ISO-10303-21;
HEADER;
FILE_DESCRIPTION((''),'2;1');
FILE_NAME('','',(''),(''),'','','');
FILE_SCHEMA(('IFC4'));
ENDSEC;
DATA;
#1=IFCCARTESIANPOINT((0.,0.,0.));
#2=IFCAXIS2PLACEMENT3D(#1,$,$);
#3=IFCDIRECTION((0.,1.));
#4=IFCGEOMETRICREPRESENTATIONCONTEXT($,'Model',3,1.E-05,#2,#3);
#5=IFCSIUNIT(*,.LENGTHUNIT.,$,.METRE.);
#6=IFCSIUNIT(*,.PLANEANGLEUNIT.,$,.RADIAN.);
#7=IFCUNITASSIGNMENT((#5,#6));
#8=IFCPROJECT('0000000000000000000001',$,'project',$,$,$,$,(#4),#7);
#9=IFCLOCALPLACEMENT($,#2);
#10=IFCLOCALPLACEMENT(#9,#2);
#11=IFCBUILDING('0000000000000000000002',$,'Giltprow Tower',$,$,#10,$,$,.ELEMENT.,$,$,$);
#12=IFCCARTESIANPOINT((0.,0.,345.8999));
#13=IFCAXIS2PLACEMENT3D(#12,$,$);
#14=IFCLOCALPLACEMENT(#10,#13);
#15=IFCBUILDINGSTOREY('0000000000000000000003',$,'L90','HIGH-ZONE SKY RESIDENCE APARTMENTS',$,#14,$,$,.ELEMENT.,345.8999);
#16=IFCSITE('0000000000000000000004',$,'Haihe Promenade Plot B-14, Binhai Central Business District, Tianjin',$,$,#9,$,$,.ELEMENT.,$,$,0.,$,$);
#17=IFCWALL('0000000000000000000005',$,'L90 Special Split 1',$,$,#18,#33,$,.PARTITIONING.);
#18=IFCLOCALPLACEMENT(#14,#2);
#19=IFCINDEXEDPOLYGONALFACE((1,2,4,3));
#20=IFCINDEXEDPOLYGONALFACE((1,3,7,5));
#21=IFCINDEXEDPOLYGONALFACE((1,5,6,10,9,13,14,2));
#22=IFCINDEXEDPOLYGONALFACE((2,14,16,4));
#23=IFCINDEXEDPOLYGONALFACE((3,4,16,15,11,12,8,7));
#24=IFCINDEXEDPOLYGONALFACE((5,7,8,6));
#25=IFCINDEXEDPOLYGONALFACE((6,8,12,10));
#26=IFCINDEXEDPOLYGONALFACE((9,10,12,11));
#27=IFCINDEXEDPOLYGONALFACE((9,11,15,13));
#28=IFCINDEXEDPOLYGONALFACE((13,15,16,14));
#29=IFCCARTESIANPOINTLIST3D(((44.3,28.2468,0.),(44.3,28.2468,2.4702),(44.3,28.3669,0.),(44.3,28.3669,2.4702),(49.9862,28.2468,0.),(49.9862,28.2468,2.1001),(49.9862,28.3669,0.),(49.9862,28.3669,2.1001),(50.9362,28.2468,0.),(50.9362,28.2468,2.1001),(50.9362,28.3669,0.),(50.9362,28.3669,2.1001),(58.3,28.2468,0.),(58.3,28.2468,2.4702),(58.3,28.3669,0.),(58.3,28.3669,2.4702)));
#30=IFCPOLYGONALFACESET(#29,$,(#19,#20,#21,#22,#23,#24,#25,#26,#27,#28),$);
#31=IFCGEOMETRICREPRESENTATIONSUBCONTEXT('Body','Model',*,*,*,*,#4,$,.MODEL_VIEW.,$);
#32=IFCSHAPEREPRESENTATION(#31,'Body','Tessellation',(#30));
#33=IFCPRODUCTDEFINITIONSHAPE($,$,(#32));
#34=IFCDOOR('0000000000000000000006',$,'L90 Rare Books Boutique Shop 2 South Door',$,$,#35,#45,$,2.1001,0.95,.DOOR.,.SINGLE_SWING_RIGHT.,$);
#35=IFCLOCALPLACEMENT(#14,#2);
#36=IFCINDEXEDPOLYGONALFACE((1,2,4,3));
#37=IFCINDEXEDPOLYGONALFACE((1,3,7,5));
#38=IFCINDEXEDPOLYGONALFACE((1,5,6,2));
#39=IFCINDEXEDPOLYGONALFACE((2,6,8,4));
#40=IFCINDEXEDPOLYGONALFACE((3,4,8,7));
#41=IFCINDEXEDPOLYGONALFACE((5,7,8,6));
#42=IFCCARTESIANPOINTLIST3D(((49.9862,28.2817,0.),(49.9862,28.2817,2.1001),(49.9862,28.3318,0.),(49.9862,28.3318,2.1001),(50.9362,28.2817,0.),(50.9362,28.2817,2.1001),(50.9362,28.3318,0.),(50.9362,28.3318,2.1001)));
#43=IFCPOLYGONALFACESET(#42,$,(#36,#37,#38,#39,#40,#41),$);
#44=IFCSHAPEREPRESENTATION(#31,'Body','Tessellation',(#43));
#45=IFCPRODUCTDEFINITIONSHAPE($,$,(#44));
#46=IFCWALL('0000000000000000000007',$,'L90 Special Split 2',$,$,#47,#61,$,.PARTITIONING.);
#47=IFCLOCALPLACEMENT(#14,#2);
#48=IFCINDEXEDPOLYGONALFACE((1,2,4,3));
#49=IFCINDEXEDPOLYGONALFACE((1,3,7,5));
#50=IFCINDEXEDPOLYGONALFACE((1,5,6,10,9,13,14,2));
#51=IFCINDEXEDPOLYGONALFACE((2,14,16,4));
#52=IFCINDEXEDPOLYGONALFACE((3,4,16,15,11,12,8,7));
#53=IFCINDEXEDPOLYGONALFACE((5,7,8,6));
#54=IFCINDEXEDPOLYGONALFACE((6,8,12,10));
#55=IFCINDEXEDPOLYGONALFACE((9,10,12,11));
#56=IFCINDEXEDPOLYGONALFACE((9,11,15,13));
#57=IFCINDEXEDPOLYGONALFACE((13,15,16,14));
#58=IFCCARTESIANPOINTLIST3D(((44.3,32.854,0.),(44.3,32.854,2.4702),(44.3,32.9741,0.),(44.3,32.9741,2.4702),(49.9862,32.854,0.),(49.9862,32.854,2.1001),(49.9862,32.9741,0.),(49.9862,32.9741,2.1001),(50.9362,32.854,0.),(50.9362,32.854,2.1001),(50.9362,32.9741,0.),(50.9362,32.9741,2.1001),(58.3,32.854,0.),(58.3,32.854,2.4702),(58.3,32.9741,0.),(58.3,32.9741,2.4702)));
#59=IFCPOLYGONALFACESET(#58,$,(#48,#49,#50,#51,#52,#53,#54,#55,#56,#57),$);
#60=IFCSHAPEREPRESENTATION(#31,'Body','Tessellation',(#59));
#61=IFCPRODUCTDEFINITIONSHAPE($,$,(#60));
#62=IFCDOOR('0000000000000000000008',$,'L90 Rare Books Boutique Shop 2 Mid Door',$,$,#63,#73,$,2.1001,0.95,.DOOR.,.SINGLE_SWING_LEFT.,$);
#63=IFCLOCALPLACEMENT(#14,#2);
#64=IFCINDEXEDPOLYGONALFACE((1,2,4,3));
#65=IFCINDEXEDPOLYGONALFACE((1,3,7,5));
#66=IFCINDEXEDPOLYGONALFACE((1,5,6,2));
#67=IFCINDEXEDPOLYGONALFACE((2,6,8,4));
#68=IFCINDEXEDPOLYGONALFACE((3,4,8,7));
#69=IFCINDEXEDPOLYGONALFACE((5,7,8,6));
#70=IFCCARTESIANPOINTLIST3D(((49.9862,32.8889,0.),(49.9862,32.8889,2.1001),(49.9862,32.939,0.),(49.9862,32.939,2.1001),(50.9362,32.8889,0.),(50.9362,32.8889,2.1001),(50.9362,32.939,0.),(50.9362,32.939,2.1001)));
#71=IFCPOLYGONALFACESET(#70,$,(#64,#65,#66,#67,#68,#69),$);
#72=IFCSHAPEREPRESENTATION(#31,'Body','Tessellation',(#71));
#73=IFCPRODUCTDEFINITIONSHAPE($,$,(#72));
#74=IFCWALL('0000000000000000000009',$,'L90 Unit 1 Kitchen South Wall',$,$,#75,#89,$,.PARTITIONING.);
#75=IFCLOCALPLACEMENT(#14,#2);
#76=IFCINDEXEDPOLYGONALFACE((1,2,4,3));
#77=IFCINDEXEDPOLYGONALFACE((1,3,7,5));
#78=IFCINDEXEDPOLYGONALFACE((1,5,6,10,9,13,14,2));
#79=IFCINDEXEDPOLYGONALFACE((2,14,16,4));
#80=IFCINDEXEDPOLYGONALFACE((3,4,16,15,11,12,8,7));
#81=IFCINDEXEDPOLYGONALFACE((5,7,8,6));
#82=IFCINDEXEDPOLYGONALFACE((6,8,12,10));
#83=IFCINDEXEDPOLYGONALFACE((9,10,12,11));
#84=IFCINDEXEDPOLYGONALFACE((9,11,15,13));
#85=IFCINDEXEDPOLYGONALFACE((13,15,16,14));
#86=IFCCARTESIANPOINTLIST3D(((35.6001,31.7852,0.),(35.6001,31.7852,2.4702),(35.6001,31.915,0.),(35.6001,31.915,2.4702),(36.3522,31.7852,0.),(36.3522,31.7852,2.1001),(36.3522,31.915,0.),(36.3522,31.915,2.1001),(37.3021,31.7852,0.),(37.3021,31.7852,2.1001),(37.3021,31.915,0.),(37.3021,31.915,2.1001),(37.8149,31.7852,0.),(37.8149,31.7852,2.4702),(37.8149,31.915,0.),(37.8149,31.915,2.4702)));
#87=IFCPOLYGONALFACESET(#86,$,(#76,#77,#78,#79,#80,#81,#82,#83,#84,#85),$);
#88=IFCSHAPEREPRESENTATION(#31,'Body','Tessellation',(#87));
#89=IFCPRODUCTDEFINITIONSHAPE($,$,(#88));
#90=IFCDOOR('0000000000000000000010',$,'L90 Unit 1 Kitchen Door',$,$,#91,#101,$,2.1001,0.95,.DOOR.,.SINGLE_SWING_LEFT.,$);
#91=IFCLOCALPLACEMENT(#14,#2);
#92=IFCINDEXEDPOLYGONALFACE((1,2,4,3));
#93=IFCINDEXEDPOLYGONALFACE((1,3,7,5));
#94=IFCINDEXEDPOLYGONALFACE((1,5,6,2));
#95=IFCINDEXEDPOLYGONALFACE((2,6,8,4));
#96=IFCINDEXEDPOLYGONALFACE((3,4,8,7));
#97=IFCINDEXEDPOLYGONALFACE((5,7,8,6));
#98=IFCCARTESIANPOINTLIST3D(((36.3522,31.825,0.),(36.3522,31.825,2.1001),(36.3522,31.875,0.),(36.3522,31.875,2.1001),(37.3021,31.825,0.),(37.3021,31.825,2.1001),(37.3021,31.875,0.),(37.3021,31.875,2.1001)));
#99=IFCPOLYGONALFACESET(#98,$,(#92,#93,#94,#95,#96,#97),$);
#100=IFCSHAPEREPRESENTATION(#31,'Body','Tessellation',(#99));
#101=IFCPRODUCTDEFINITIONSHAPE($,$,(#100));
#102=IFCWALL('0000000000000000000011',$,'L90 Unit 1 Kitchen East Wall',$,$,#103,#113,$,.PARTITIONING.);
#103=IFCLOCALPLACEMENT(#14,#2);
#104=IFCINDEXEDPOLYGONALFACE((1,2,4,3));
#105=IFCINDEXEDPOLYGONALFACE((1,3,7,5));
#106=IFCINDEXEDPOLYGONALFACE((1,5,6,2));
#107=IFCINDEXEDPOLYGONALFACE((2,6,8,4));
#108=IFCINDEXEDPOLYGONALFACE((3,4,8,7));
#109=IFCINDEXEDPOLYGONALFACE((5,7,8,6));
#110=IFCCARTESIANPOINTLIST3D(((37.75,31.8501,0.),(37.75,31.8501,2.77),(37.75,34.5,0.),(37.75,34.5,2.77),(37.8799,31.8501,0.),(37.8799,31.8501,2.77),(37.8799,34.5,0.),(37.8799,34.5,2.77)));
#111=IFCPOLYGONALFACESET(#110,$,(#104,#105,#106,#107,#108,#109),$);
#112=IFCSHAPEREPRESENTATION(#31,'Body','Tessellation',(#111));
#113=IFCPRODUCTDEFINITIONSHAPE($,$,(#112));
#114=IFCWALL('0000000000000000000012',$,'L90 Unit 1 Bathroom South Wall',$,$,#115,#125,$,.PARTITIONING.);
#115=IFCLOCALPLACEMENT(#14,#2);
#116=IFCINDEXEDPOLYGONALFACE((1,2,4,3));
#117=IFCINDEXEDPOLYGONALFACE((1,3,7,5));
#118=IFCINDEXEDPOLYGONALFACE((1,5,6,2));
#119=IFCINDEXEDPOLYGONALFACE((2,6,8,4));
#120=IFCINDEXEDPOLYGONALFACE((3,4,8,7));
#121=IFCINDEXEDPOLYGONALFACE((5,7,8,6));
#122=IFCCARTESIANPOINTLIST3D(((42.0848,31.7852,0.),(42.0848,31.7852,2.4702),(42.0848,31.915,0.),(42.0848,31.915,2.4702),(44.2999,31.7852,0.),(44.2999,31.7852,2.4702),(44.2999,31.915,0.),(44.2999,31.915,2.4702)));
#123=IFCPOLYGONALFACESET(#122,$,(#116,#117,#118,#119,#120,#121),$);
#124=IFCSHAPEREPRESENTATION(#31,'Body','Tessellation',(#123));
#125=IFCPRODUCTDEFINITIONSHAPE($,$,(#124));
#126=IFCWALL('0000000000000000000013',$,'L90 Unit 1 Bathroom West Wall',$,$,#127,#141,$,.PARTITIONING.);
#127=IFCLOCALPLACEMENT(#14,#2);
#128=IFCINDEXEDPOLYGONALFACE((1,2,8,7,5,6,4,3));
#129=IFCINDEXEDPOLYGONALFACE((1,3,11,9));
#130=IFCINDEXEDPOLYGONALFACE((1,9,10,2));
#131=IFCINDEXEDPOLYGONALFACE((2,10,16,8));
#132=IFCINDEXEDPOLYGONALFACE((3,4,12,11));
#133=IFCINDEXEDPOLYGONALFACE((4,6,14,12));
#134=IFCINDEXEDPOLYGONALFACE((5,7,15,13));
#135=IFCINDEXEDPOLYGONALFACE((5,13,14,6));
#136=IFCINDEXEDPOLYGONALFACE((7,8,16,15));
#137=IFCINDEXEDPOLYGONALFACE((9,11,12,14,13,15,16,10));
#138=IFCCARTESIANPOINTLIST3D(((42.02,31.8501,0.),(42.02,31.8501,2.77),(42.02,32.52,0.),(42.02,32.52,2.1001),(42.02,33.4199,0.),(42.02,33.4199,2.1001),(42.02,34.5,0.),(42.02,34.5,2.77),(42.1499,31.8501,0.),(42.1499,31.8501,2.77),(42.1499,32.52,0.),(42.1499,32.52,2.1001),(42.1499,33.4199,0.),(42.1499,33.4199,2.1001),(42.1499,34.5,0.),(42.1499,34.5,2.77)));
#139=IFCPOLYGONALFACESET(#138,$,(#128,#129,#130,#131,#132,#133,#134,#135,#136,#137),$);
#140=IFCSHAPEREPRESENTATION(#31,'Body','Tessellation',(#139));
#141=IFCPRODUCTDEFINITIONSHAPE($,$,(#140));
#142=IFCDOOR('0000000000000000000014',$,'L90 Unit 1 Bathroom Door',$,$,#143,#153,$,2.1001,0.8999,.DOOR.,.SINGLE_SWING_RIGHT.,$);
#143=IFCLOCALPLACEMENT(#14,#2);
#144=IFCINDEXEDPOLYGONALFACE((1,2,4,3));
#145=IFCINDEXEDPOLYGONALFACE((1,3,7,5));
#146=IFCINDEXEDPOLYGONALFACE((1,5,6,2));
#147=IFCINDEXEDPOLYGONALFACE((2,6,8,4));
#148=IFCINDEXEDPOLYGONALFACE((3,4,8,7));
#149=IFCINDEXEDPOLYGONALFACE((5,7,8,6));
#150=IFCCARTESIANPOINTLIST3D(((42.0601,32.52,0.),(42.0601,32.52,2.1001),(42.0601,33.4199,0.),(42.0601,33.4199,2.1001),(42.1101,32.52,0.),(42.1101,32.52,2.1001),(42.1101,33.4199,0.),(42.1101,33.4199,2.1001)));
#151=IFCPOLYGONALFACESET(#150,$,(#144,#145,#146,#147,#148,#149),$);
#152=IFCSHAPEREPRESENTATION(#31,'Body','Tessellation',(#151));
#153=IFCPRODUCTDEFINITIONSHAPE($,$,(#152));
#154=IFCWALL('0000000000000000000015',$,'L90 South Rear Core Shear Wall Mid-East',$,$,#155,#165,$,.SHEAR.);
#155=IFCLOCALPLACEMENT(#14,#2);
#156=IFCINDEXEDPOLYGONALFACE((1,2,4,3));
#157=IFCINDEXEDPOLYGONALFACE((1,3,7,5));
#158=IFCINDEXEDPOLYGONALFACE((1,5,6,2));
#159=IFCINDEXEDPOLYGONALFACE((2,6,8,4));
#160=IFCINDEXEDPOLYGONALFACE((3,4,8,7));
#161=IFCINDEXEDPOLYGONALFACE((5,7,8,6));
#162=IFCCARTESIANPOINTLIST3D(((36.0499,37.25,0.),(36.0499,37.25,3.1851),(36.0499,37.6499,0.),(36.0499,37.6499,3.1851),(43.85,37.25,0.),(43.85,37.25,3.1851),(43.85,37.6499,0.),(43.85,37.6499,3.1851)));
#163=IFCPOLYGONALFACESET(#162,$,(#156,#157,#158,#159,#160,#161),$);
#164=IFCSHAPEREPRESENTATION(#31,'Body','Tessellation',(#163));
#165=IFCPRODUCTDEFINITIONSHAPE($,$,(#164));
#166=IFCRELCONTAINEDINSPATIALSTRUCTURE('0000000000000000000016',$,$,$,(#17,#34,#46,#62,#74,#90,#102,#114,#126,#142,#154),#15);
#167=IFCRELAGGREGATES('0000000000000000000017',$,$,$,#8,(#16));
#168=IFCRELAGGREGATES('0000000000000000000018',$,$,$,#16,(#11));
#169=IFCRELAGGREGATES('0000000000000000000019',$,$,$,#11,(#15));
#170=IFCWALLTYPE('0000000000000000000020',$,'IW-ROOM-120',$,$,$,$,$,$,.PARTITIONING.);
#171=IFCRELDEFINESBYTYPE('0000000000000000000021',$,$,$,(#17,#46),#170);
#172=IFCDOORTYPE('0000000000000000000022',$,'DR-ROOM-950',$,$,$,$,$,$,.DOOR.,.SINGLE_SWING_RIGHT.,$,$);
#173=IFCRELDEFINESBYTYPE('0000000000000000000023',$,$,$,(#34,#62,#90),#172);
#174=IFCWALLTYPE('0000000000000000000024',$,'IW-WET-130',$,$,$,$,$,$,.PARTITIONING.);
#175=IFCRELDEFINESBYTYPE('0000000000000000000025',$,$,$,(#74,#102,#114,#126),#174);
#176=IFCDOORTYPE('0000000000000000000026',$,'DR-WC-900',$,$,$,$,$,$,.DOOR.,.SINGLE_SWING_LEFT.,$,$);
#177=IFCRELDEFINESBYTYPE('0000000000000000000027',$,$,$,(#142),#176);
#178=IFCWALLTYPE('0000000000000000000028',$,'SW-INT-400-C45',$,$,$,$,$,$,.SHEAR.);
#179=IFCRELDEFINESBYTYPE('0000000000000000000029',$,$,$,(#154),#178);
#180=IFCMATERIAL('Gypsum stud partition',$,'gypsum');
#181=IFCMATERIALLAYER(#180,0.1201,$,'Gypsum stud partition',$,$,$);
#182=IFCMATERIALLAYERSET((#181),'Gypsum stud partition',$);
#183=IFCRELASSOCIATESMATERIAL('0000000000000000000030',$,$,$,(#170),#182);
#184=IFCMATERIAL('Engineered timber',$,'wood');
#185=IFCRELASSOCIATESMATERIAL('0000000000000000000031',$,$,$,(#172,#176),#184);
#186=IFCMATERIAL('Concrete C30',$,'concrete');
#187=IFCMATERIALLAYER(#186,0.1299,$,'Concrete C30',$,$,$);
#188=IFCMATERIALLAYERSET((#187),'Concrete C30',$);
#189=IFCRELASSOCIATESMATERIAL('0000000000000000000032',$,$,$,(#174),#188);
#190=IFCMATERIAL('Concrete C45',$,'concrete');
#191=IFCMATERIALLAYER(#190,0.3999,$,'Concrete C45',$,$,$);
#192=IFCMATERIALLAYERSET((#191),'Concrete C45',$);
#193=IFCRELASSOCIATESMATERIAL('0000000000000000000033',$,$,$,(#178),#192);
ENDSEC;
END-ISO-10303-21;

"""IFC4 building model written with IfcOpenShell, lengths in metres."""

from ifc_helpers import new_model, si_unit, direction, frame, frame_2d, origin, place, context, subcontext, project, spatial, rectangle, extrude, source, transform, mapped, material, layer, layer_set, type_object, element, fill, save


model = new_model("IFC4")

# Units and contexts
model_context = context("Model", 3, precision=1e-05, world=origin(), true_north=direction((0.0, 1.0)))
body_context = subcontext(model_context, "Body", "Model", "MODEL_VIEW")
ifc_project = project(units=[si_unit("LENGTHUNIT", "METRE"), si_unit("PLANEANGLEUNIT", "RADIAN")], contexts=[model_context])

# Site, building, storey
site_placement = place(None, origin())
site = spatial("IfcSite", under=ifc_project, at=site_placement, Name="Haihe Promenade Plot B-14, Binhai Central Business District, Tianjin", CompositionType="ELEMENT", RefElevation=0.0)
building_placement = place(site_placement, origin())
building = spatial("IfcBuilding", under=site, at=building_placement, Name="Giltprow Tower", CompositionType="ELEMENT")
storey_placement = place(building_placement, frame((0.0, 0.0, 345.8999)))
storey = spatial("IfcBuildingStorey", under=building, at=storey_placement, Name="L90", Description="HIGH-ZONE SKY RESIDENCE APARTMENTS", CompositionType="ELEMENT", Elevation=345.8999)

# Shared definitions
ifc_material_1 = material(Name="Concrete C45", Category="concrete")

# Shared definitions
ifc_material_2 = material(Name="Gypsum stud partition", Category="gypsum")
ifc_layer_1 = layer(ifc_material_2, 0.1201, Name="Gypsum stud partition")
ifc_layer_set_1 = layer_set([ifc_layer_1], Name="Gypsum stud partition")
wall_type_1 = type_object("IfcWallType", Name="IW-ROOM-120", PredefinedType="PARTITIONING", material=ifc_layer_set_1)

# Walls, openings, doors
wall_1_placement = place(storey_placement, frame((44.3, 28.3069, 0.0), z_axis=(0.0, 0.0, 1.0), x_axis=(1.0, 0.0, 0.0)))
wall_1 = element("IfcWall", 1, at=wall_1_placement, inside=storey, type_object=wall_type_1, Name="L90 Special Split 1", PredefinedType="PARTITIONING", context=body_context, shape_type="SweptSolid", body=[
    extrude(rectangle(XDim=14.0, YDim=0.1201, at=frame_2d((7.0, 0.0))), origin(), (0.0, 0.0, 1.0), 2.4702),
])
opening_1_placement = place(wall_1_placement, frame((5.686, 0.0, 0.0)))
opening_1 = element("IfcOpeningElement", 2, at=opening_1_placement, cuts=wall_1, PredefinedType="OPENING", context=body_context, shape_type="SweptSolid", body=[
    extrude(rectangle(XDim=0.95, YDim=2.1001, at=frame_2d((0.4751, 1.05))), frame((0.0, 0.0701, 0.0), z_axis=(0.0, -1.0, 0.0), x_axis=(1.0, 0.0, 0.0)), (0.0, 0.0, 1.0), 0.1401),
])
ifc_material_3 = material(Name="Engineered timber", Category="wood")
door_type_1 = type_object("IfcDoorType", Name="DR-ROOM-950", OperationType="SINGLE_SWING_RIGHT", PredefinedType="DOOR", material=ifc_material_3)
shared_shape_1 = source(origin(), body_context, "Body", "SweptSolid", [
    extrude(rectangle(XDim=0.95, YDim=2.1001, at=frame_2d((0.4751, 1.05))), frame((0.0, 0.0249, 0.0), z_axis=(0.0, -1.0, 0.0), x_axis=(1.0, 0.0, 0.0)), (0.0, 0.0, 1.0), 0.05),
])
door_1_placement = place(opening_1_placement, origin())
door_1 = element("IfcDoor", 3, at=door_1_placement, inside=storey, type_object=door_type_1, Name="L90 Rare Books Boutique Shop 2 South Door", OperationType="SINGLE_SWING_RIGHT", OverallHeight=2.1001, OverallWidth=0.95, PredefinedType="DOOR", context=body_context, shape_type="MappedRepresentation", body=[
    mapped(shared_shape_1, transform((0.0, 0.0, 0.0), x_axis=(1.0, 0.0, 0.0), y_axis=(0.0, 1.0, 0.0), z_axis=(0.0, 0.0, 1.0), scale=1.0)),
])
fill(opening_1, door_1)
wall_2_placement = place(storey_placement, frame((44.3, 32.9141, 0.0), z_axis=(0.0, 0.0, 1.0), x_axis=(1.0, 0.0, 0.0)))
wall_2 = element("IfcWall", 4, at=wall_2_placement, inside=storey, type_object=wall_type_1, Name="L90 Special Split 2", PredefinedType="PARTITIONING", context=body_context, shape_type="SweptSolid", body=[
    extrude(rectangle(XDim=14.0, YDim=0.1201, at=frame_2d((7.0, 0.0))), origin(), (0.0, 0.0, 1.0), 2.4702),
])
opening_2_placement = place(wall_2_placement, frame((5.686, 0.0, 0.0)))
opening_2 = element("IfcOpeningElement", 5, at=opening_2_placement, cuts=wall_2, PredefinedType="OPENING", context=body_context, shape_type="SweptSolid", body=[
    extrude(rectangle(XDim=0.95, YDim=2.1001, at=frame_2d((0.4751, 1.05))), frame((0.0, 0.0701, 0.0), z_axis=(0.0, -1.0, 0.0), x_axis=(1.0, 0.0, 0.0)), (0.0, 0.0, 1.0), 0.1401),
])
door_2_placement = place(opening_2_placement, origin())
door_2 = element("IfcDoor", 6, at=door_2_placement, inside=storey, type_object=door_type_1, Name="L90 Rare Books Boutique Shop 2 Mid Door", OperationType="SINGLE_SWING_LEFT", OverallHeight=2.1001, OverallWidth=0.95, PredefinedType="DOOR", context=body_context, shape_type="MappedRepresentation", body=[
    mapped(shared_shape_1, transform((0.0, 0.0, 0.0), x_axis=(1.0, 0.0, 0.0), y_axis=(0.0, 1.0, 0.0), z_axis=(0.0, 0.0, 1.0), scale=1.0)),
])
fill(opening_2, door_2)
ifc_material_4 = material(Name="Concrete C30", Category="concrete")
ifc_layer_2 = layer(ifc_material_4, 0.1299, Name="Concrete C30")
ifc_layer_set_2 = layer_set([ifc_layer_2], Name="Concrete C30")
wall_type_2 = type_object("IfcWallType", Name="IW-WET-130", PredefinedType="PARTITIONING", material=ifc_layer_set_2)
wall_3_placement = place(storey_placement, frame((35.6001, 31.8501, 0.0), z_axis=(0.0, 0.0, 1.0), x_axis=(1.0, 0.0, 0.0)))
wall_3 = element("IfcWall", 7, at=wall_3_placement, inside=storey, type_object=wall_type_2, Name="L90 Unit 1 Kitchen South Wall", PredefinedType="PARTITIONING", context=body_context, shape_type="SweptSolid", body=[
    extrude(rectangle(XDim=2.2148, YDim=0.1299, at=frame_2d((1.1074, 0.0))), origin(), (0.0, 0.0, 1.0), 2.4702),
])
opening_3_placement = place(wall_3_placement, frame((0.752, 0.0, 0.0)))
opening_3 = element("IfcOpeningElement", 8, at=opening_3_placement, cuts=wall_3, PredefinedType="OPENING", context=body_context, shape_type="SweptSolid", body=[
    extrude(rectangle(XDim=0.95, YDim=2.1001, at=frame_2d((0.4751, 1.05))), frame((0.0, 0.075, 0.0), z_axis=(0.0, -1.0, 0.0), x_axis=(1.0, 0.0, 0.0)), (0.0, 0.0, 1.0), 0.1499),
])
door_3_placement = place(opening_3_placement, origin())
door_3 = element("IfcDoor", 9, at=door_3_placement, inside=storey, type_object=door_type_1, Name="L90 Unit 1 Kitchen Door", OperationType="SINGLE_SWING_LEFT", OverallHeight=2.1001, OverallWidth=0.95, PredefinedType="DOOR", context=body_context, shape_type="MappedRepresentation", body=[
    mapped(shared_shape_1, transform((0.0, 0.0, 0.0), x_axis=(1.0, 0.0, 0.0), y_axis=(0.0, 1.0, 0.0), z_axis=(0.0, 0.0, 1.0), scale=1.0)),
])
fill(opening_3, door_3)

# Walls
wall_4_placement = place(storey_placement, frame((37.8149, 31.8501, 0.0), z_axis=(0.0, 0.0, 1.0), x_axis=(0.0, 1.0, 0.0)))
element("IfcWall", 10, at=wall_4_placement, inside=storey, type_object=wall_type_2, Name="L90 Unit 1 Kitchen East Wall", PredefinedType="PARTITIONING", context=body_context, shape_type="SweptSolid", body=[
    extrude(rectangle(XDim=2.6499, YDim=0.1299, at=frame_2d((1.325, 0.0))), origin(), (0.0, 0.0, 1.0), 2.77),
])
wall_5_placement = place(storey_placement, frame((42.085, 31.8501, 0.0), z_axis=(0.0, 0.0, 1.0), x_axis=(1.0, 0.0, 0.0)))
element("IfcWall", 11, at=wall_5_placement, inside=storey, type_object=wall_type_2, Name="L90 Unit 1 Bathroom South Wall", PredefinedType="PARTITIONING", context=body_context, shape_type="SweptSolid", body=[
    extrude(rectangle(XDim=2.2151, YDim=0.1299, at=frame_2d((1.1074, 0.0))), origin(), (0.0, 0.0, 1.0), 2.4702),
])

# Wall, opening, door
wall_6_placement = place(storey_placement, frame((42.085, 31.8501, 0.0), z_axis=(0.0, 0.0, 1.0), x_axis=(0.0, 1.0, 0.0)))
wall_6 = element("IfcWall", 12, at=wall_6_placement, inside=storey, type_object=wall_type_2, Name="L90 Unit 1 Bathroom West Wall", PredefinedType="PARTITIONING", context=body_context, shape_type="SweptSolid", body=[
    extrude(rectangle(XDim=2.6499, YDim=0.1299, at=frame_2d((1.325, 0.0))), origin(), (0.0, 0.0, 1.0), 2.77),
])
opening_4_placement = place(wall_6_placement, frame((0.6699, 0.0, 0.0)))
opening_4 = element("IfcOpeningElement", 13, at=opening_4_placement, cuts=wall_6, PredefinedType="OPENING", context=body_context, shape_type="SweptSolid", body=[
    extrude(rectangle(XDim=0.8999, YDim=2.1001, at=frame_2d((0.45, 1.05))), frame((0.0, 0.075, 0.0), z_axis=(0.0, -1.0, 0.0), x_axis=(1.0, 0.0, 0.0)), (0.0, 0.0, 1.0), 0.1499),
])
door_type_2 = type_object("IfcDoorType", Name="DR-WC-900", OperationType="SINGLE_SWING_LEFT", PredefinedType="DOOR", material=ifc_material_3)
shared_shape_2 = source(origin(), body_context, "Body", "SweptSolid", [
    extrude(rectangle(XDim=0.8999, YDim=2.1001, at=frame_2d((0.45, 1.05))), frame((0.0, 0.0249, 0.0), z_axis=(0.0, -1.0, 0.0), x_axis=(1.0, 0.0, 0.0)), (0.0, 0.0, 1.0), 0.05),
])
door_4_placement = place(opening_4_placement, origin())
door_4 = element("IfcDoor", 14, at=door_4_placement, inside=storey, type_object=door_type_2, Name="L90 Unit 1 Bathroom Door", OperationType="SINGLE_SWING_RIGHT", OverallHeight=2.1001, OverallWidth=0.8999, PredefinedType="DOOR", context=body_context, shape_type="MappedRepresentation", body=[
    mapped(shared_shape_2, transform((0.0, 0.0, 0.0), x_axis=(1.0, 0.0, 0.0), y_axis=(0.0, 1.0, 0.0), z_axis=(0.0, 0.0, 1.0), scale=1.0)),
])
fill(opening_4, door_4)

# Wall
ifc_layer_3 = layer(ifc_material_1, 0.3999, Name="Concrete C45")
ifc_layer_set_3 = layer_set([ifc_layer_3], Name="Concrete C45")
wall_type_3 = type_object("IfcWallType", Name="SW-INT-400-C45", PredefinedType="SHEAR", material=ifc_layer_set_3)
wall_7_placement = place(storey_placement, frame((36.05, 37.45, 0.0), z_axis=(0.0, 0.0, 1.0), x_axis=(1.0, 0.0, 0.0)))
element("IfcWall", 15, at=wall_7_placement, inside=storey, type_object=wall_type_3, Name="L90 South Rear Core Shear Wall Mid-East", PredefinedType="SHEAR", context=body_context, shape_type="SweptSolid", body=[
    extrude(rectangle(XDim=7.8, YDim=0.3999, at=frame_2d((3.8999, 0.0))), origin(), (0.0, 0.0, 1.0), 3.1851),
])

save(model, "model.ifc")
